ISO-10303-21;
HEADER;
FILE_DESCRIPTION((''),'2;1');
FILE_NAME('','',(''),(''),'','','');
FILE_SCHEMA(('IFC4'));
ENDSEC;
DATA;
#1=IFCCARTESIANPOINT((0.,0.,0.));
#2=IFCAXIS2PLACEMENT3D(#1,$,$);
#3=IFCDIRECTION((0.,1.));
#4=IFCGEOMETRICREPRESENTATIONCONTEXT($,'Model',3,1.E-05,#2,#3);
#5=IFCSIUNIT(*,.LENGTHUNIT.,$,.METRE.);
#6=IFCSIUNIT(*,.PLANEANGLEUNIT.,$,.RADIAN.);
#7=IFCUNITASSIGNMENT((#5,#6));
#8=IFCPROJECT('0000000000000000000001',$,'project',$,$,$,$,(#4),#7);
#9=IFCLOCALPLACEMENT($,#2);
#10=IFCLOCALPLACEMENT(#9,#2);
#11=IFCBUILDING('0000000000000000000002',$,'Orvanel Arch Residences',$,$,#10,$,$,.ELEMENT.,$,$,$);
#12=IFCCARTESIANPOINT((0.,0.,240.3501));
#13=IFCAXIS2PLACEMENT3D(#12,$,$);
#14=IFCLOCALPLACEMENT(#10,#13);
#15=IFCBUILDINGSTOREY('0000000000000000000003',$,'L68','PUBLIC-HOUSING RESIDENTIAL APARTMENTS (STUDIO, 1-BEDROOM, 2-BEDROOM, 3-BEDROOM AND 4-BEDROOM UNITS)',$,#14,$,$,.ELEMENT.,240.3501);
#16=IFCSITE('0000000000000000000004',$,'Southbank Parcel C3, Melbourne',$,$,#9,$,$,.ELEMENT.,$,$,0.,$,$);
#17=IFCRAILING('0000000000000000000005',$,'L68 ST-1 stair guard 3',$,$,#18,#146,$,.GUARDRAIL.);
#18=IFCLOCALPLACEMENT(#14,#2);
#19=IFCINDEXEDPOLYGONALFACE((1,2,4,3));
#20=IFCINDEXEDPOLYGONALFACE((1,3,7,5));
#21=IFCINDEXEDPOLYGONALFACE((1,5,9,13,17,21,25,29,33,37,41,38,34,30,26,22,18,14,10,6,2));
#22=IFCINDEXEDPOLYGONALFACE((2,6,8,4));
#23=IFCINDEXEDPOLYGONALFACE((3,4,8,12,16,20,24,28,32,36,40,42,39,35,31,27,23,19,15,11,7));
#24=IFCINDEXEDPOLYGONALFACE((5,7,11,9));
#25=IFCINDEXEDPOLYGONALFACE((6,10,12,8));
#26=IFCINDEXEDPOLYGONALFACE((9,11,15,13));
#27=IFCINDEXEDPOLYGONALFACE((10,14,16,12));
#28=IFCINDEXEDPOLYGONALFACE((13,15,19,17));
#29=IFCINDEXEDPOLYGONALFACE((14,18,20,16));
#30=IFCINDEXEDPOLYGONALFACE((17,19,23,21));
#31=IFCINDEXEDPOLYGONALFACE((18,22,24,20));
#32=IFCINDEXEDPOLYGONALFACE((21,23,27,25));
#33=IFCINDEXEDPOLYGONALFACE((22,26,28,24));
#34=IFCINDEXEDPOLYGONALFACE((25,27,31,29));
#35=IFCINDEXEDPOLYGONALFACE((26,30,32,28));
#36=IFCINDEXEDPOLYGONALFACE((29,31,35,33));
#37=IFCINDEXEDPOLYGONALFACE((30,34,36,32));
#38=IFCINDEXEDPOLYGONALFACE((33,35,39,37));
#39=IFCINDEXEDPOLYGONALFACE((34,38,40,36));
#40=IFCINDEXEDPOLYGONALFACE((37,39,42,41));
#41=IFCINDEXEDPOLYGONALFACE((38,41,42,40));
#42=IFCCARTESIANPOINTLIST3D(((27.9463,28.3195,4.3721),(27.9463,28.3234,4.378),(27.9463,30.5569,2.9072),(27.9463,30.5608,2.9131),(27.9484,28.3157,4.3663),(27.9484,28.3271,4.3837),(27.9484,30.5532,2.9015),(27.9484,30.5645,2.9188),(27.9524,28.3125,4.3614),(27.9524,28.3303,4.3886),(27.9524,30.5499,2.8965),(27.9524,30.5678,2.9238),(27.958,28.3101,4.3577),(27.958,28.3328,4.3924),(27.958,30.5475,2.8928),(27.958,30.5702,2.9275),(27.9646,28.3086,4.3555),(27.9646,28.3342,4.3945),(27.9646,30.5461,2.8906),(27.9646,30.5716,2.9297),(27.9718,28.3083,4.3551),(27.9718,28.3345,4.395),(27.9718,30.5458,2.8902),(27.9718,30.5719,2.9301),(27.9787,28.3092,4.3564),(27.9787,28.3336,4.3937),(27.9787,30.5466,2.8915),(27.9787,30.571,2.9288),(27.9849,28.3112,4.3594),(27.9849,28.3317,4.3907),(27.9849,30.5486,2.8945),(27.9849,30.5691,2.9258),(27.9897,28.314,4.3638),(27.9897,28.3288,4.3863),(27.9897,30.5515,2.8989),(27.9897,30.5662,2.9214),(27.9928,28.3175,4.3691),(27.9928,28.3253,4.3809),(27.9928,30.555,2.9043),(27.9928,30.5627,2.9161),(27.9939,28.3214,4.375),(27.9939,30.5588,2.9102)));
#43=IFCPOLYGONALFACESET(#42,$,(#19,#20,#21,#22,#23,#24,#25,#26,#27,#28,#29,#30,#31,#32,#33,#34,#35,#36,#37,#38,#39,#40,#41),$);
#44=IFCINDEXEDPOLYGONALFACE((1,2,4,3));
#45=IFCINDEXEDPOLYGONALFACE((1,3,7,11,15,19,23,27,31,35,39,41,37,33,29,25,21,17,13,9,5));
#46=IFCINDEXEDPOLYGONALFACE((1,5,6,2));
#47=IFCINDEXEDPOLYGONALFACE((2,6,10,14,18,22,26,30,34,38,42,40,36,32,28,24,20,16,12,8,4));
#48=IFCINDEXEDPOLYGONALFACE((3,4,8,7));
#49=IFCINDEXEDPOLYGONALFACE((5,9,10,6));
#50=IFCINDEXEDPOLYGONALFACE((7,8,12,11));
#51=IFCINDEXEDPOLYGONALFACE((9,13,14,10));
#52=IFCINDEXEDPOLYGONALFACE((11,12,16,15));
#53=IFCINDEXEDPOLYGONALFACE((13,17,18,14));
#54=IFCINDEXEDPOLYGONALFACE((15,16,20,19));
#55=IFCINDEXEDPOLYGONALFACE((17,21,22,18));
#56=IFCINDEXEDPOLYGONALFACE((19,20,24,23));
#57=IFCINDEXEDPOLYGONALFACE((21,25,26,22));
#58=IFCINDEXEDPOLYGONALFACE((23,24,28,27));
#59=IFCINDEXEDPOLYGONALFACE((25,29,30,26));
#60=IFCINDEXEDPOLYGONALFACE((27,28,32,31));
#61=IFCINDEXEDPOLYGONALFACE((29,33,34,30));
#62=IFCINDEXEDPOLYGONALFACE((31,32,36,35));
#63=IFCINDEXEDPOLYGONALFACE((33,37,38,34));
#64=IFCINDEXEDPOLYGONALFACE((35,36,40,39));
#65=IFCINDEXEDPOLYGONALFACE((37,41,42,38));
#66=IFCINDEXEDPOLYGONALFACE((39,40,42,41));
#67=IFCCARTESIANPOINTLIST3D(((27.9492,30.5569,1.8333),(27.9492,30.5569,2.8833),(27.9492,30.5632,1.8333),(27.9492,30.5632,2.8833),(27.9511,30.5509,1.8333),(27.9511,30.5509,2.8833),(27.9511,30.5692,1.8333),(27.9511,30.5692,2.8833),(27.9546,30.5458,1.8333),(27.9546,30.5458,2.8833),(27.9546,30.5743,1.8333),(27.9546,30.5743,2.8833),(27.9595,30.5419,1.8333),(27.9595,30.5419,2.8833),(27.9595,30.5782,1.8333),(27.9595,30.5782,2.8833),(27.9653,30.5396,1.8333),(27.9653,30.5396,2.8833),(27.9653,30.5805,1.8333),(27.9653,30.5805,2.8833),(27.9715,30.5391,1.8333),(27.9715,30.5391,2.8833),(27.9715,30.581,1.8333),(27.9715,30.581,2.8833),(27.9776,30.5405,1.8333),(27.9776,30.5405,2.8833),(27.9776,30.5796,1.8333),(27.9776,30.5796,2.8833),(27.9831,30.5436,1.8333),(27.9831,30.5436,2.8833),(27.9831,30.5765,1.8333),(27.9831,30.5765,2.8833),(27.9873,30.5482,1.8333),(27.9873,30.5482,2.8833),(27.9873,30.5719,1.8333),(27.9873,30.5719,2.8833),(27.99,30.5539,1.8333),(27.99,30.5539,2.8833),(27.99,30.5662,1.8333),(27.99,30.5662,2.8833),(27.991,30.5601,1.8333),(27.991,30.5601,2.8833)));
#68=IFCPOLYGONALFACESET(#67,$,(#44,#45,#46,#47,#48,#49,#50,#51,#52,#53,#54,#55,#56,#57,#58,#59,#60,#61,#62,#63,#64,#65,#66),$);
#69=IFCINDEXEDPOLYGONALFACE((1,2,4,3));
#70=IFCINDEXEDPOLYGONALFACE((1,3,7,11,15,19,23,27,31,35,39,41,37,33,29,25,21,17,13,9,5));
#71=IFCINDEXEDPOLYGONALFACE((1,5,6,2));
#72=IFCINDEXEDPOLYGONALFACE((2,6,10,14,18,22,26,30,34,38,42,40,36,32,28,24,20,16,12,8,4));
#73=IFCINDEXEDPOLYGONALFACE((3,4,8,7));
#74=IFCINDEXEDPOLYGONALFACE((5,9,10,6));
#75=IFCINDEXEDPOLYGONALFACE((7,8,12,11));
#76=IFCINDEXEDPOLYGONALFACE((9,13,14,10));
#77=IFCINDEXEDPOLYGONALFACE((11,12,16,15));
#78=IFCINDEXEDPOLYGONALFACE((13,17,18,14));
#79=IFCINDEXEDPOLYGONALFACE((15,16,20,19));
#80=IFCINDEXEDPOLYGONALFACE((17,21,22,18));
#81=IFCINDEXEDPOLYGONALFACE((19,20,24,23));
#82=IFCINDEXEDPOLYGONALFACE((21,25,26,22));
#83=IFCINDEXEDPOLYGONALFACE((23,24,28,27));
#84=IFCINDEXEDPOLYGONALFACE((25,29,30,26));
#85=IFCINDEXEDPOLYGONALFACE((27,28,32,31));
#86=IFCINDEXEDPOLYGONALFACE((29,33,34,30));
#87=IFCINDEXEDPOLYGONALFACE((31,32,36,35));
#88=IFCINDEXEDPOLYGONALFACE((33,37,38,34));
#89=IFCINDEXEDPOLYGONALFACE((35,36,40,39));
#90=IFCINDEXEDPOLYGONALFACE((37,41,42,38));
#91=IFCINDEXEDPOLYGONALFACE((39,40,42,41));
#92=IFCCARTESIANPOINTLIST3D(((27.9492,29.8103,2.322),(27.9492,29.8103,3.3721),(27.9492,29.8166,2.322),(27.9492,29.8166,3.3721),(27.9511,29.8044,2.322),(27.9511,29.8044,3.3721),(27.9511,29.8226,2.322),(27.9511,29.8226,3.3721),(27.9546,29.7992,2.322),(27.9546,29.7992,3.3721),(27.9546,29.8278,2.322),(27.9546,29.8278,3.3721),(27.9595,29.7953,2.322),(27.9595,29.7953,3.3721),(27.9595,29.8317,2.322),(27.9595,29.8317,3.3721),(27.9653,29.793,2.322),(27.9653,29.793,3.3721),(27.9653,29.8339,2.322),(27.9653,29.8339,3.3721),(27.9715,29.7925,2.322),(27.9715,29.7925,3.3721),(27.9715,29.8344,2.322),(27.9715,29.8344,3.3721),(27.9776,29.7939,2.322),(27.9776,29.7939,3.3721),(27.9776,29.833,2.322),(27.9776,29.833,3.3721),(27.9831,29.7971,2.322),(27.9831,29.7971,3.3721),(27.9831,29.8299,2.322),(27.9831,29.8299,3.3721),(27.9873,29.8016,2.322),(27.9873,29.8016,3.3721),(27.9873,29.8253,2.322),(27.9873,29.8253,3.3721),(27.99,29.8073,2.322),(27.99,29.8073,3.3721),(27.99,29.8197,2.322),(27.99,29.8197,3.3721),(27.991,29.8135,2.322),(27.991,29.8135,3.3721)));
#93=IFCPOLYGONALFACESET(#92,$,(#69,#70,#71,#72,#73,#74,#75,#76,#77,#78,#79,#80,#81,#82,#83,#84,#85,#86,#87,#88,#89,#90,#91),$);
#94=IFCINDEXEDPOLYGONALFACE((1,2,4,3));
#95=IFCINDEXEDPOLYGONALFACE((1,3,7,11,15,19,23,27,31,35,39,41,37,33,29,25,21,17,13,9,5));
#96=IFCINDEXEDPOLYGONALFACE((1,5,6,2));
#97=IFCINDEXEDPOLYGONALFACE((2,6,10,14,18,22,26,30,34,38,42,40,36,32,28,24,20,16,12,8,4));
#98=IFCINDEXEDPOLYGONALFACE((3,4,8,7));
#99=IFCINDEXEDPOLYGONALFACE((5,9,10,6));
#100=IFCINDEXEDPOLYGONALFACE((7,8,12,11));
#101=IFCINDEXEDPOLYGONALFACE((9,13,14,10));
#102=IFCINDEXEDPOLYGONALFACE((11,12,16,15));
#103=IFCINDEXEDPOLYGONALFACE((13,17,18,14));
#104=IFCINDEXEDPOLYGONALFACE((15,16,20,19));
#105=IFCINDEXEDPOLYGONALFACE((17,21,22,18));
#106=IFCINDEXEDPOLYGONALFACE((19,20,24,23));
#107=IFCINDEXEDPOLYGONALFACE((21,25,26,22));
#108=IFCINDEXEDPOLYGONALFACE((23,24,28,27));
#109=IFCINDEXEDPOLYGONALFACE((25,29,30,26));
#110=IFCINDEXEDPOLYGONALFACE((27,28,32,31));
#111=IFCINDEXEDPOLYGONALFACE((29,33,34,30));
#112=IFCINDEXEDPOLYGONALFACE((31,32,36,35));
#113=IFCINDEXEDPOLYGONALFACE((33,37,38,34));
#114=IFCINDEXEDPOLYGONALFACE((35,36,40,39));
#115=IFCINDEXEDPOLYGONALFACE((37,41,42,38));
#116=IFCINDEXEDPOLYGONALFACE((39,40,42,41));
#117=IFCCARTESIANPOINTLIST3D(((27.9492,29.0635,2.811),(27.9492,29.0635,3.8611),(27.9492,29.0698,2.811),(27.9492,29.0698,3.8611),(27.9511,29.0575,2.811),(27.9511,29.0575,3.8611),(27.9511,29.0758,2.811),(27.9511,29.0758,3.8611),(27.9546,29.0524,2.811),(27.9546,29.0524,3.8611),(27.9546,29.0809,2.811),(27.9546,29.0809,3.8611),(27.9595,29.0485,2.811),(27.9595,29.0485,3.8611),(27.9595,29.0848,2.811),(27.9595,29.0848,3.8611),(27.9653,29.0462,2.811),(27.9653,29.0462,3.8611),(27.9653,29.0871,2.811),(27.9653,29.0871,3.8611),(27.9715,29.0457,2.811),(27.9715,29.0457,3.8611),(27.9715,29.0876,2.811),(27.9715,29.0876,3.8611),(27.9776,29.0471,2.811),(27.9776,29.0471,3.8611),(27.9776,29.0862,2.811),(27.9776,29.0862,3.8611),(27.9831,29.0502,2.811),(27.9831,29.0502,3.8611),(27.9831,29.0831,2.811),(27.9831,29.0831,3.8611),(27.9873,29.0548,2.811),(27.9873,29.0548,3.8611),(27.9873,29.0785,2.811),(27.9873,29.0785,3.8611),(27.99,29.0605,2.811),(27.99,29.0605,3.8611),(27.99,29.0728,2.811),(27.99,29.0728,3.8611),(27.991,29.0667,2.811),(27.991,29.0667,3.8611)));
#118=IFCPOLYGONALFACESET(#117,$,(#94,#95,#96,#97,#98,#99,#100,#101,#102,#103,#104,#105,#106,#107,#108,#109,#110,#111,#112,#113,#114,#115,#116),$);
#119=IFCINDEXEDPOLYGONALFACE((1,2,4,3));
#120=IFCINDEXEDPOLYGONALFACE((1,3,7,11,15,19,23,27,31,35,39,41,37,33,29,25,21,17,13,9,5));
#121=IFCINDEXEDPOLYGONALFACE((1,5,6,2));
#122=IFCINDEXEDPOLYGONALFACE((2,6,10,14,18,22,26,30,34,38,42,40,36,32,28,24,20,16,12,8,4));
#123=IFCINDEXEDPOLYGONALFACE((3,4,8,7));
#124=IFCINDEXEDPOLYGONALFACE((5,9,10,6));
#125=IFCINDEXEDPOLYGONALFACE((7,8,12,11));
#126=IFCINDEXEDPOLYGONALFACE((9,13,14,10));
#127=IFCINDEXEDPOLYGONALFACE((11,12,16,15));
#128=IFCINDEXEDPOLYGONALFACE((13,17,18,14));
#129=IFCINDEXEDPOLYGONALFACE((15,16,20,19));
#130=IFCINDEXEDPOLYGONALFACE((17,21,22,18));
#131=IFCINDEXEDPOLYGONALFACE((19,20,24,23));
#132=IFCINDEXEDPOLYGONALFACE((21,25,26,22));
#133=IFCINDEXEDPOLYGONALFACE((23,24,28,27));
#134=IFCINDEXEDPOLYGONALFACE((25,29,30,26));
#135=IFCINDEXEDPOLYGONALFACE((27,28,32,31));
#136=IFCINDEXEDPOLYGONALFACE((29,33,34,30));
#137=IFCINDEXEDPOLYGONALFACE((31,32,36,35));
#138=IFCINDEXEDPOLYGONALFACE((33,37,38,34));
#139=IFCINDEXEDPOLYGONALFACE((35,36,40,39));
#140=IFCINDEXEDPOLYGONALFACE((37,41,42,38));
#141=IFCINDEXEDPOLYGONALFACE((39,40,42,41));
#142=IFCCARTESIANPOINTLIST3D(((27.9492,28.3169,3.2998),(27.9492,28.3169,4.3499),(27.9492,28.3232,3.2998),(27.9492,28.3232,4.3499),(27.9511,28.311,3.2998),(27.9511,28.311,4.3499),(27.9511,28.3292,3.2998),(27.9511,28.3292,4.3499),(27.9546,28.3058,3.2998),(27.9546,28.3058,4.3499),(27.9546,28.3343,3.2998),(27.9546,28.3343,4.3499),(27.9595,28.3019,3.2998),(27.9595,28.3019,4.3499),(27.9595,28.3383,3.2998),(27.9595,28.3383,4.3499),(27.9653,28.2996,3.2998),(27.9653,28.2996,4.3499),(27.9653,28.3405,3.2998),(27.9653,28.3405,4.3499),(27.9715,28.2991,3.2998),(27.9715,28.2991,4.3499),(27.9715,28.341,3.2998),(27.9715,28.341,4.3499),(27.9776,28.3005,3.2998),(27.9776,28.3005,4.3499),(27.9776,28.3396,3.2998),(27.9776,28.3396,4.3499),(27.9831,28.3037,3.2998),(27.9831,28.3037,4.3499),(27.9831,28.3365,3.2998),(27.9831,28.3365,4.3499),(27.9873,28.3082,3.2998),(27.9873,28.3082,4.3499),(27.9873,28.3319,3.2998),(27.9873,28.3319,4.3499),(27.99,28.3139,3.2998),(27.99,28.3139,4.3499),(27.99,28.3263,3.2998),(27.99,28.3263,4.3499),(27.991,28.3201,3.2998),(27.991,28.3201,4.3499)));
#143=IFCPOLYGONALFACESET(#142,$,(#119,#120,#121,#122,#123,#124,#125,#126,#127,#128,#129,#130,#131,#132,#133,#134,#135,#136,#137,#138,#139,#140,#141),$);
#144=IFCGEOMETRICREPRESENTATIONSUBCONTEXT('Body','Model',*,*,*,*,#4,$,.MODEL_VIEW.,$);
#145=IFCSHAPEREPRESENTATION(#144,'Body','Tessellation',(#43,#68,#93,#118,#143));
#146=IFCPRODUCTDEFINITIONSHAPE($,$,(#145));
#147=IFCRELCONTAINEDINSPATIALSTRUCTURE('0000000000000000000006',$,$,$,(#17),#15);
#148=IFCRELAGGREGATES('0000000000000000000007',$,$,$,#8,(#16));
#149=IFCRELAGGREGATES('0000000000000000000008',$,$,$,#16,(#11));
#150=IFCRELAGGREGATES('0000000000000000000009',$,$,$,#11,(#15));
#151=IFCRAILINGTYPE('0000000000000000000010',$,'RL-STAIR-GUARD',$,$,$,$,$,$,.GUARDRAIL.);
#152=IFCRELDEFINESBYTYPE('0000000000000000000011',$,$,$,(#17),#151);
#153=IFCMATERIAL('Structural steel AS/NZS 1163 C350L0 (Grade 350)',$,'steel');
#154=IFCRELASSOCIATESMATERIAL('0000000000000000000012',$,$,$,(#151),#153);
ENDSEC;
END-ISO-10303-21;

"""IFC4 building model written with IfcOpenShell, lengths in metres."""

from ifc_helpers import new_model, si_unit, direction, frame, origin, origin_2d, place, context, subcontext, project, spatial, circle, extrude, material, type_object, element, save


model = new_model("IFC4")

# Units and contexts
model_context = context("Model", 3, precision=1e-05, world=origin(), true_north=direction((0.0, 1.0)))
body_context = subcontext(model_context, "Body", "Model", "MODEL_VIEW")
ifc_project = project(units=[si_unit("LENGTHUNIT", "METRE"), si_unit("PLANEANGLEUNIT", "RADIAN")], contexts=[model_context])

# Site, building, storey
site_placement = place(None, origin())
site = spatial("IfcSite", under=ifc_project, at=site_placement, Name="Southbank Parcel C3, Melbourne", CompositionType="ELEMENT", RefElevation=0.0)
building_placement = place(site_placement, origin())
building = spatial("IfcBuilding", under=site, at=building_placement, Name="Orvanel Arch Residences", CompositionType="ELEMENT")
storey_placement = place(building_placement, frame((0.0, 0.0, 240.3501)))
storey = spatial("IfcBuildingStorey", under=building, at=storey_placement, Name="L68", Description="PUBLIC-HOUSING RESIDENTIAL APARTMENTS (STUDIO, 1-BEDROOM, 2-BEDROOM, 3-BEDROOM AND 4-BEDROOM UNITS)", CompositionType="ELEMENT", Elevation=240.3501)

# Railing
ifc_material_1 = material(Name="Structural steel AS/NZS 1163 C350L0 (Grade 350)", Category="steel")
railing_type_1 = type_object("IfcRailingType", Name="RL-STAIR-GUARD", PredefinedType="GUARDRAIL", material=ifc_material_1)
railing_1_placement = place(storey_placement, frame((27.97, 30.5601, 1.8333)))
element("IfcRailing", 1, at=railing_1_placement, inside=storey, type_object=railing_type_1, Name="L68 ST-1 stair guard 3", PredefinedType="GUARDRAIL", context=body_context, shape_type="SweptSolid", body=[
    extrude(circle(Radius=0.0239, at=origin_2d()), frame((0.0, -0.0012, 1.0769), z_axis=(0.0, -0.836637, 0.547758), x_axis=(1.0, 0.0, 0.0)), (0.0, 0.0, 1.0), 2.6743),
    extrude(circle(Radius=0.021, at=origin_2d()), origin(), (0.0, 0.0, 1.0), 1.05),
    extrude(circle(Radius=0.021, at=origin_2d()), frame((0.0, -0.7466, 0.4888)), (0.0, 0.0, 1.0), 1.05),
    extrude(circle(Radius=0.021, at=origin_2d()), frame((0.0, -1.4934, 0.9778)), (0.0, 0.0, 1.0), 1.05),
    extrude(circle(Radius=0.021, at=origin_2d()), frame((0.0, -2.24, 1.4666)), (0.0, 0.0, 1.0), 1.05),
])

save(model, "model.ifc")
